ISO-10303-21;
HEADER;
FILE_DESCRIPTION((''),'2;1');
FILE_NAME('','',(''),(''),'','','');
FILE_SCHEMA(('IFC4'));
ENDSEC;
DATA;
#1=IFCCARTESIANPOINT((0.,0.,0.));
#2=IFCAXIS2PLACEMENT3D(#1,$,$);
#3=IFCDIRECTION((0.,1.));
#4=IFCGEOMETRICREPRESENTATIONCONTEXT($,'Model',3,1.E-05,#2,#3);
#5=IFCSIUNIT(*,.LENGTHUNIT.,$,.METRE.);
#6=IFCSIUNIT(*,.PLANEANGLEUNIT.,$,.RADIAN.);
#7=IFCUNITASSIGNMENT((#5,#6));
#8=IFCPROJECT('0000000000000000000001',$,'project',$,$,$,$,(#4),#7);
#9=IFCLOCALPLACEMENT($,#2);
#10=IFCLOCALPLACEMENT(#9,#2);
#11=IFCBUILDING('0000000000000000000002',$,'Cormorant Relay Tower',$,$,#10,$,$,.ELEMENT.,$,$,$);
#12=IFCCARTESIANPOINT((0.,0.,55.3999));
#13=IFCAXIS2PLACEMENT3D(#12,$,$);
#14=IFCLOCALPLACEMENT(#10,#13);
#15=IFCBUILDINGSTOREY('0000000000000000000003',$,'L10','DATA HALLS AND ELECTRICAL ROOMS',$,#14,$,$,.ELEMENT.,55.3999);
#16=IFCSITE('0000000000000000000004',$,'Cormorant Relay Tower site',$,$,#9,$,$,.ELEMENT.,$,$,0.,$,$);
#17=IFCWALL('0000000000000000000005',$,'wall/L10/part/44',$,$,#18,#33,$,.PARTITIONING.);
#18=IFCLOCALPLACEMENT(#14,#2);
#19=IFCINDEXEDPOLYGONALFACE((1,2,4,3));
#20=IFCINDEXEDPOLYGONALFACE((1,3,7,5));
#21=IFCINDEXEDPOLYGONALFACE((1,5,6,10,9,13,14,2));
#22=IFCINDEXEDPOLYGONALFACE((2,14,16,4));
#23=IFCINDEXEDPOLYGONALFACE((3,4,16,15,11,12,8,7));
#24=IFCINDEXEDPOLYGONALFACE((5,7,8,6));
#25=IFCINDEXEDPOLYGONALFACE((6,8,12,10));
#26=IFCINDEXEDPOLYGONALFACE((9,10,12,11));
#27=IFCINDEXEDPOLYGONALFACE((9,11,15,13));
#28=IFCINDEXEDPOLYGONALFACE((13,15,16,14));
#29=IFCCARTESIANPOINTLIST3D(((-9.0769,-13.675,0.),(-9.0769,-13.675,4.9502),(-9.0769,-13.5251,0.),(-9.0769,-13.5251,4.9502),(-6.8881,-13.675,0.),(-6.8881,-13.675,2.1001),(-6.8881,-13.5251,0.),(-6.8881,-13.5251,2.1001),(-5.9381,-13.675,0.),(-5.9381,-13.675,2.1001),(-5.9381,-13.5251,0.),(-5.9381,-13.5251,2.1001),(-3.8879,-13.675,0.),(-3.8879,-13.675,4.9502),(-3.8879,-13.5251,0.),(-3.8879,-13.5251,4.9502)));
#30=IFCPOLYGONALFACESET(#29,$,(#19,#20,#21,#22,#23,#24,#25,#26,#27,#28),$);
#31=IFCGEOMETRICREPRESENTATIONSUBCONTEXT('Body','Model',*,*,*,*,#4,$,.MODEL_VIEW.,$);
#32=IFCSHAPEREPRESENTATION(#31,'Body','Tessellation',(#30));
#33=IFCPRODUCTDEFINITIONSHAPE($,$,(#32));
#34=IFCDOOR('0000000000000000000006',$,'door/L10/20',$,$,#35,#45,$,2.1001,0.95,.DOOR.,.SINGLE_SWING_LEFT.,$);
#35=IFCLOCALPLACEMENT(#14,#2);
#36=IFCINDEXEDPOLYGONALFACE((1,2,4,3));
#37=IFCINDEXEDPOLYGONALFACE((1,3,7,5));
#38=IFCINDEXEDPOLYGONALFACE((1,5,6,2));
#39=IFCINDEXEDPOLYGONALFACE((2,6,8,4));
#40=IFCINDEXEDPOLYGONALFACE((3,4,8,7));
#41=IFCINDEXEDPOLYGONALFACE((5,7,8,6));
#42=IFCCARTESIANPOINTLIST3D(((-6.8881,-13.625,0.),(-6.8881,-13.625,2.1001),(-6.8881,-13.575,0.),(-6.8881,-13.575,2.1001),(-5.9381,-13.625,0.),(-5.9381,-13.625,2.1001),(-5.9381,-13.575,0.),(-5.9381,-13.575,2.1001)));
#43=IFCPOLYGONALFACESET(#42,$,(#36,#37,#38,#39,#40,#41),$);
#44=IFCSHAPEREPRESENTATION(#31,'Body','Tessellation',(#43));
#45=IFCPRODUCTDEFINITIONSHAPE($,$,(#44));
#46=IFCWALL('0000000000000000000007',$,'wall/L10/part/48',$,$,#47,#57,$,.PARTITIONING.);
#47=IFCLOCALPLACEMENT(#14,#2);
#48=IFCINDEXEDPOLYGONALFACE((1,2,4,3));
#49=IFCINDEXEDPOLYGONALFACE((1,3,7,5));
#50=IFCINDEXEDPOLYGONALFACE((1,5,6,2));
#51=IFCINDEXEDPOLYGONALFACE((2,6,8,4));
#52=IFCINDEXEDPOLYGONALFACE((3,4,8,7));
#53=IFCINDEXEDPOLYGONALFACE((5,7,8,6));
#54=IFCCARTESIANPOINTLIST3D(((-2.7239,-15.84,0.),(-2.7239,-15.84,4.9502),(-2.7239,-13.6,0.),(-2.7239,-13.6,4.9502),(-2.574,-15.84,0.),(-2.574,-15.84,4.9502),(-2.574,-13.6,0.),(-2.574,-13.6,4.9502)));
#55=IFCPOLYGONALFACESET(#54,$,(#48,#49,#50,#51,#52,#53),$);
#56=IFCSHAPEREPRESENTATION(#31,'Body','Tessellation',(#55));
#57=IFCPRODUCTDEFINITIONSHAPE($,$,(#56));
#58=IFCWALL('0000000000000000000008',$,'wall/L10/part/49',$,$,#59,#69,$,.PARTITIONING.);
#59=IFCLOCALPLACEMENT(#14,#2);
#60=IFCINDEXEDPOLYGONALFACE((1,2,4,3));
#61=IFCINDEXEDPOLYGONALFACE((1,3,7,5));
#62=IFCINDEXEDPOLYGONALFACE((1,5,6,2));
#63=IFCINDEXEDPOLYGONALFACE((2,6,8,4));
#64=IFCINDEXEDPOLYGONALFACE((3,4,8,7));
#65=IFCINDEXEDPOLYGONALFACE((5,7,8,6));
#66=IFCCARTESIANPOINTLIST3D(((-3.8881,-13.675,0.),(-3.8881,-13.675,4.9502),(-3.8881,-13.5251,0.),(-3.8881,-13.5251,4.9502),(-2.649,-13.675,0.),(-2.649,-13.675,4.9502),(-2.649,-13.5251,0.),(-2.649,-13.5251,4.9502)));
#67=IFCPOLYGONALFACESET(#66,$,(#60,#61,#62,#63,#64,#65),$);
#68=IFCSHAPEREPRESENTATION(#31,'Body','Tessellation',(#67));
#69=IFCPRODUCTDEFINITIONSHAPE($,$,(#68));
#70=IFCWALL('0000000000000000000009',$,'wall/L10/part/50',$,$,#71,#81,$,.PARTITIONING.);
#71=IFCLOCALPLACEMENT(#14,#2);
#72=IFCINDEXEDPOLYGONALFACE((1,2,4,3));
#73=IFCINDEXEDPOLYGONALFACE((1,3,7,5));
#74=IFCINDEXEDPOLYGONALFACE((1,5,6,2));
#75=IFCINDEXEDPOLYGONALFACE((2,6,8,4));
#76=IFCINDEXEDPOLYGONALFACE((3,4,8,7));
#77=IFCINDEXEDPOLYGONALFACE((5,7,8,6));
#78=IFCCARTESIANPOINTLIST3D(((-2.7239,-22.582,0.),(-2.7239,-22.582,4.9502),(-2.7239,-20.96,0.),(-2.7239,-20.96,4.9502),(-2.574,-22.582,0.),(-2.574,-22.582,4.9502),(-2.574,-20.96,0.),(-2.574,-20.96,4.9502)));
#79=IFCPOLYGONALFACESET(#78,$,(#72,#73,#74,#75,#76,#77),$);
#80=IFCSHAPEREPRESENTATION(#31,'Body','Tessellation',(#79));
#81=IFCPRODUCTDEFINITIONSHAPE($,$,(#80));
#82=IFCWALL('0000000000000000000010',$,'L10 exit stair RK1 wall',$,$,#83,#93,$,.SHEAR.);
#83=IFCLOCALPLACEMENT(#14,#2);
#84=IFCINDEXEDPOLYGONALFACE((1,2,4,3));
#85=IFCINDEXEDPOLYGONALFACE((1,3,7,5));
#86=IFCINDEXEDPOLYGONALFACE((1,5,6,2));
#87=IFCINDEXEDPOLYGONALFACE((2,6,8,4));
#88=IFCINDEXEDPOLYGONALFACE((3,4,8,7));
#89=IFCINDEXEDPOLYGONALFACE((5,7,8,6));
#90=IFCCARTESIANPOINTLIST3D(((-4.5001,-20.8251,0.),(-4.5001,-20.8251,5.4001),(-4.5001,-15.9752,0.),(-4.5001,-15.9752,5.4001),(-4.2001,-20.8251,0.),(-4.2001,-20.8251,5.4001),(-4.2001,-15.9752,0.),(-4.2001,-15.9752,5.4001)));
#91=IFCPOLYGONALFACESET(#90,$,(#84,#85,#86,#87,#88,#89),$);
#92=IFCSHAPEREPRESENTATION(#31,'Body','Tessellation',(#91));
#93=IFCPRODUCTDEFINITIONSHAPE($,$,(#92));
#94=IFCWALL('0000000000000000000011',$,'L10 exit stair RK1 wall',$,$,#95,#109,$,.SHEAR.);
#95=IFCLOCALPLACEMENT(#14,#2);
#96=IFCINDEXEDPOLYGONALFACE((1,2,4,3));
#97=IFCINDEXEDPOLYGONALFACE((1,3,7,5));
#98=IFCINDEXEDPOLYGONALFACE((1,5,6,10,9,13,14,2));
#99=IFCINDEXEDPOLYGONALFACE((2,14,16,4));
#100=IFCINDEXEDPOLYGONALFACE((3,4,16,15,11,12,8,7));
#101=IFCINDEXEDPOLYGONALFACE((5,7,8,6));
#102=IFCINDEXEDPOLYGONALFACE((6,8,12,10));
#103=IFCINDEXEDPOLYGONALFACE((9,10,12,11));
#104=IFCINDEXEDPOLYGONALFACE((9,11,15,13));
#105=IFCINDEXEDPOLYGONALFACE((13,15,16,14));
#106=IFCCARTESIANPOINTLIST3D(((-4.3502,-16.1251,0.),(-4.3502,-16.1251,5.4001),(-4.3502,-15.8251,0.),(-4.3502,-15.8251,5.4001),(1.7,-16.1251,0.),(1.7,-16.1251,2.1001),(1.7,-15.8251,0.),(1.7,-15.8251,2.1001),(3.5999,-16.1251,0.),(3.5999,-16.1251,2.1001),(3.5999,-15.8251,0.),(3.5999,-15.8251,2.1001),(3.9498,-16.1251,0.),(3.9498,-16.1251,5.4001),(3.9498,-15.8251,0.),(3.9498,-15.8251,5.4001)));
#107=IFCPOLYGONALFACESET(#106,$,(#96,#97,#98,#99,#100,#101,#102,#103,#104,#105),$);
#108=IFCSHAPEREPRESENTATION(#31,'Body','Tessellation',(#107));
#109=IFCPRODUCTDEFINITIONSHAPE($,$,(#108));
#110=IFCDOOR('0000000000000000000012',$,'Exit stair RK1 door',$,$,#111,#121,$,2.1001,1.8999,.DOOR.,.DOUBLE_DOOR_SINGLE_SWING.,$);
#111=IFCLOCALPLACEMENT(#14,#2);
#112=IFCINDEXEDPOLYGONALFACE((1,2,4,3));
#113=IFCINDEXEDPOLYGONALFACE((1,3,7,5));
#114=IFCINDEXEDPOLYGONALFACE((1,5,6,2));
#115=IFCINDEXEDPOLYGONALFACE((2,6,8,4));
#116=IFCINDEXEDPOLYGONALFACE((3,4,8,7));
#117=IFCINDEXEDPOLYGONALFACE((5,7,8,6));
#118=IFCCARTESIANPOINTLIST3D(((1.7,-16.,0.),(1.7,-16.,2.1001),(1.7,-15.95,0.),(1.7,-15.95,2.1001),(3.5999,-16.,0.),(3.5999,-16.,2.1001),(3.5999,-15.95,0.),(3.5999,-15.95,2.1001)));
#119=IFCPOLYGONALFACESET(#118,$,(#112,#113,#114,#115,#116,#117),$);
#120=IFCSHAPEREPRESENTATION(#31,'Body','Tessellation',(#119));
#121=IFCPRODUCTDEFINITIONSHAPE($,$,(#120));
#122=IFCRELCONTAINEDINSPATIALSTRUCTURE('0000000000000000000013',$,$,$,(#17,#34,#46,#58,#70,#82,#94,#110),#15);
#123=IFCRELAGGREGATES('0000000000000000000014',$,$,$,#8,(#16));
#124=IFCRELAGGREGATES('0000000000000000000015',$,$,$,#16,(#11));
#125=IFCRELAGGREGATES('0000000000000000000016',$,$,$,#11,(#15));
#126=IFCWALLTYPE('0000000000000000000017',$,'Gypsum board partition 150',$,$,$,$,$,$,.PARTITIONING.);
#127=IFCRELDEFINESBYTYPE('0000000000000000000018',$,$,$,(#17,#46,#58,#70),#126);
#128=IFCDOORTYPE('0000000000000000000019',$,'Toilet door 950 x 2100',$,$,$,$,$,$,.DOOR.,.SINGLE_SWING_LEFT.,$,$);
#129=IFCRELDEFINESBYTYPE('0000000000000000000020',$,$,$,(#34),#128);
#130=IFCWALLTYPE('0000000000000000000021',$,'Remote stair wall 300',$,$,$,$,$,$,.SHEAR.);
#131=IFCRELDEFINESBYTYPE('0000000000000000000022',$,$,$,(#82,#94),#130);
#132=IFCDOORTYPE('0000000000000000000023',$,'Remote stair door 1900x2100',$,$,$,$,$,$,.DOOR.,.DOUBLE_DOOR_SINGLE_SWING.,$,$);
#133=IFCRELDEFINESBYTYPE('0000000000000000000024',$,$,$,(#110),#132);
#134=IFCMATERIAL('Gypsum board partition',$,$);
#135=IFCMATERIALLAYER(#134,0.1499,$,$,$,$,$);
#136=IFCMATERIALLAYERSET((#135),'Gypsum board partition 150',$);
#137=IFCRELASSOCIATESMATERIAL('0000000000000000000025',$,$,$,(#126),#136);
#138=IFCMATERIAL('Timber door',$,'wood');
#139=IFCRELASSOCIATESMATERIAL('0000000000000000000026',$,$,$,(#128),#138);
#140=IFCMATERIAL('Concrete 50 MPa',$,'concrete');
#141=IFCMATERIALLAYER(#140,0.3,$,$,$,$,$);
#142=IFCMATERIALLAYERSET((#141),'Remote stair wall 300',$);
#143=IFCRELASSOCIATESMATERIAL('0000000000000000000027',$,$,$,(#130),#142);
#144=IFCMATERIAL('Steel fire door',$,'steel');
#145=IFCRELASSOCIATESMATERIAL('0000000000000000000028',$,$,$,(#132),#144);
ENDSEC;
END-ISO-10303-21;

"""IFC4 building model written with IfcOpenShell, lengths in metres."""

from ifc_helpers import new_model, si_unit, direction, frame, frame_2d, origin, place, context, subcontext, project, spatial, rectangle, extrude, material, layer, layer_set, type_object, element, fill, save


model = new_model("IFC4")

# Units and contexts
model_context = context("Model", 3, precision=1e-05, world=origin(), true_north=direction((0.0, 1.0)))
body_context = subcontext(model_context, "Body", "Model", "MODEL_VIEW")
ifc_project = project(units=[si_unit("LENGTHUNIT", "METRE"), si_unit("PLANEANGLEUNIT", "RADIAN")], contexts=[model_context])

# Site, building, storey
site_placement = place(None, origin())
site = spatial("IfcSite", under=ifc_project, at=site_placement, Name="Cormorant Relay Tower site", CompositionType="ELEMENT", RefElevation=0.0)
building_placement = place(site_placement, origin())
building = spatial("IfcBuilding", under=site, at=building_placement, Name="Cormorant Relay Tower", CompositionType="ELEMENT")
storey_placement = place(building_placement, frame((0.0, 0.0, 55.3999)))
storey = spatial("IfcBuildingStorey", under=building, at=storey_placement, Name="L10", Description="DATA HALLS AND ELECTRICAL ROOMS", CompositionType="ELEMENT", Elevation=55.3999)

# Wall, opening, door
ifc_material_1 = material(Name="Gypsum board partition")
ifc_layer_1 = layer(ifc_material_1, 0.1499)
ifc_layer_set_1 = layer_set([ifc_layer_1], Name="Gypsum board partition 150")
wall_type_1 = type_object("IfcWallType", Name="Gypsum board partition 150", PredefinedType="PARTITIONING", material=ifc_layer_set_1)
wall_1_placement = place(storey_placement, frame((-3.8879, -13.6001, 0.0), z_axis=(0.0, 0.0, 1.0), x_axis=(-1.0, 0.0, 0.0)))
wall_1 = element("IfcWall", 1, at=wall_1_placement, inside=storey, type_object=wall_type_1, Name="wall/L10/part/44", PredefinedType="PARTITIONING", context=body_context, shape_type="SweptSolid", body=[
    extrude(rectangle(XDim=5.189, YDim=0.1499, at=frame_2d((2.5945, 0.0))), origin(), (0.0, 0.0, 1.0), 4.9502),
])
opening_1_placement = place(wall_1_placement, frame((2.05, 0.0, 0.0)))
opening_1 = element("IfcOpeningElement", 2, at=opening_1_placement, cuts=wall_1, PredefinedType="OPENING", context=body_context, shape_type="SweptSolid", body=[
    extrude(rectangle(XDim=0.95, YDim=2.1001, at=frame_2d((0.4751, 1.05))), frame((0.0, 0.085, 0.0), z_axis=(0.0, -1.0, 0.0), x_axis=(1.0, 0.0, 0.0)), (0.0, 0.0, 1.0), 0.1699),
])
ifc_material_2 = material(Name="Timber door", Category="wood")
door_type_1 = type_object("IfcDoorType", Name="Toilet door 950 x 2100", OperationType="SINGLE_SWING_LEFT", PredefinedType="DOOR", material=ifc_material_2)
door_1_placement = place(opening_1_placement, origin())
door_1 = element("IfcDoor", 3, at=door_1_placement, inside=storey, type_object=door_type_1, Name="door/L10/20", OperationType="SINGLE_SWING_LEFT", OverallHeight=2.1001, OverallWidth=0.95, PredefinedType="DOOR", context=body_context, shape_type="SweptSolid", body=[
    extrude(rectangle(XDim=0.95, YDim=2.1001, at=frame_2d((0.4751, 1.05))), frame((0.0, 0.0249, 0.0), z_axis=(0.0, -1.0, 0.0), x_axis=(1.0, 0.0, 0.0)), (0.0, 0.0, 1.0), 0.05),
])
fill(opening_1, door_1)

# Walls
wall_2_placement = place(storey_placement, frame((-2.6489, -15.8401, 0.0), z_axis=(0.0, 0.0, 1.0), x_axis=(0.0, 1.0, 0.0)))
element("IfcWall", 4, at=wall_2_placement, inside=storey, type_object=wall_type_1, Name="wall/L10/part/48", PredefinedType="PARTITIONING", context=body_context, shape_type="SweptSolid", body=[
    extrude(rectangle(XDim=2.24, YDim=0.1499, at=frame_2d((1.1201, 0.0))), origin(), (0.0, 0.0, 1.0), 4.9502),
])
wall_3_placement = place(storey_placement, frame((-2.6489, -13.6001, 0.0), z_axis=(0.0, 0.0, 1.0), x_axis=(-1.0, 0.0, 0.0)))
element("IfcWall", 5, at=wall_3_placement, inside=storey, type_object=wall_type_1, Name="wall/L10/part/49", PredefinedType="PARTITIONING", context=body_context, shape_type="SweptSolid", body=[
    extrude(rectangle(XDim=1.239, YDim=0.1499, at=frame_2d((0.6196, 0.0))), origin(), (0.0, 0.0, 1.0), 4.9502),
])
wall_4_placement = place(storey_placement, frame((-2.6489, -20.96, 0.0), z_axis=(0.0, 0.0, 1.0), x_axis=(0.0, -1.0, 0.0)))
element("IfcWall", 6, at=wall_4_placement, inside=storey, type_object=wall_type_1, Name="wall/L10/part/50", PredefinedType="PARTITIONING", context=body_context, shape_type="SweptSolid", body=[
    extrude(rectangle(XDim=1.6221, YDim=0.1499, at=frame_2d((0.811, 0.0))), origin(), (0.0, 0.0, 1.0), 4.9502),
])
ifc_material_3 = material(Name="Concrete 50 MPa", Category="concrete")
ifc_layer_2 = layer(ifc_material_3, 0.3)
ifc_layer_set_2 = layer_set([ifc_layer_2], Name="Remote stair wall 300")
wall_type_2 = type_object("IfcWallType", Name="Remote stair wall 300", PredefinedType="SHEAR", material=ifc_layer_set_2)
wall_5_placement = place(storey_placement, frame((-4.3501, -20.825, 0.0), z_axis=(0.0, 0.0, 1.0), x_axis=(0.0, 1.0, 0.0)))
element("IfcWall", 7, at=wall_5_placement, inside=storey, type_object=wall_type_2, Name="L10 exit stair RK1 wall", PredefinedType="SHEAR", context=body_context, shape_type="SweptSolid", body=[
    extrude(rectangle(XDim=4.8499, YDim=0.3, at=frame_2d((2.4248, 0.0))), origin(), (0.0, 0.0, 1.0), 5.4001),
])

# Wall, opening, door
wall_6_placement = place(storey_placement, frame((-4.3501, -15.9751, 0.0), z_axis=(0.0, 0.0, 1.0), x_axis=(1.0, 0.0, 0.0)))
wall_6 = element("IfcWall", 8, at=wall_6_placement, inside=storey, type_object=wall_type_2, Name="L10 exit stair RK1 wall", PredefinedType="SHEAR", context=body_context, shape_type="SweptSolid", body=[
    extrude(rectangle(XDim=8.3, YDim=0.3, at=frame_2d((4.1499, 0.0))), origin(), (0.0, 0.0, 1.0), 5.4001),
])
opening_2_placement = place(wall_6_placement, frame((6.05, 0.0, 0.0)))
opening_2 = element("IfcOpeningElement", 9, at=opening_2_placement, cuts=wall_6, PredefinedType="OPENING", context=body_context, shape_type="SweptSolid", body=[
    extrude(rectangle(XDim=1.8999, YDim=2.1001, at=frame_2d((0.95, 1.05))), frame((0.0, 0.1599, 0.0), z_axis=(0.0, -1.0, 0.0), x_axis=(1.0, 0.0, 0.0)), (0.0, 0.0, 1.0), 0.3201),
])
ifc_material_4 = material(Name="Steel fire door", Category="steel")
door_type_2 = type_object("IfcDoorType", Name="Remote stair door 1900x2100", OperationType="DOUBLE_DOOR_SINGLE_SWING", PredefinedType="DOOR", material=ifc_material_4)
door_2_placement = place(opening_2_placement, frame((1.8999, 0.0, 0.0), z_axis=(0.0, 0.0, 1.0), x_axis=(-1.0, 0.0, 0.0)))
door_2 = element("IfcDoor", 10, at=door_2_placement, inside=storey, type_object=door_type_2, Name="Exit stair RK1 door", OperationType="DOUBLE_DOOR_SINGLE_SWING", OverallHeight=2.1001, OverallWidth=1.8999, PredefinedType="DOOR", context=body_context, shape_type="SweptSolid", body=[
    extrude(rectangle(XDim=1.8999, YDim=2.1001, at=frame_2d((0.95, 1.05))), frame((0.0, 0.0249, 0.0), z_axis=(0.0, -1.0, 0.0), x_axis=(1.0, 0.0, 0.0)), (0.0, 0.0, 1.0), 0.05),
])
fill(opening_2, door_2)

save(model, "model.ifc")
